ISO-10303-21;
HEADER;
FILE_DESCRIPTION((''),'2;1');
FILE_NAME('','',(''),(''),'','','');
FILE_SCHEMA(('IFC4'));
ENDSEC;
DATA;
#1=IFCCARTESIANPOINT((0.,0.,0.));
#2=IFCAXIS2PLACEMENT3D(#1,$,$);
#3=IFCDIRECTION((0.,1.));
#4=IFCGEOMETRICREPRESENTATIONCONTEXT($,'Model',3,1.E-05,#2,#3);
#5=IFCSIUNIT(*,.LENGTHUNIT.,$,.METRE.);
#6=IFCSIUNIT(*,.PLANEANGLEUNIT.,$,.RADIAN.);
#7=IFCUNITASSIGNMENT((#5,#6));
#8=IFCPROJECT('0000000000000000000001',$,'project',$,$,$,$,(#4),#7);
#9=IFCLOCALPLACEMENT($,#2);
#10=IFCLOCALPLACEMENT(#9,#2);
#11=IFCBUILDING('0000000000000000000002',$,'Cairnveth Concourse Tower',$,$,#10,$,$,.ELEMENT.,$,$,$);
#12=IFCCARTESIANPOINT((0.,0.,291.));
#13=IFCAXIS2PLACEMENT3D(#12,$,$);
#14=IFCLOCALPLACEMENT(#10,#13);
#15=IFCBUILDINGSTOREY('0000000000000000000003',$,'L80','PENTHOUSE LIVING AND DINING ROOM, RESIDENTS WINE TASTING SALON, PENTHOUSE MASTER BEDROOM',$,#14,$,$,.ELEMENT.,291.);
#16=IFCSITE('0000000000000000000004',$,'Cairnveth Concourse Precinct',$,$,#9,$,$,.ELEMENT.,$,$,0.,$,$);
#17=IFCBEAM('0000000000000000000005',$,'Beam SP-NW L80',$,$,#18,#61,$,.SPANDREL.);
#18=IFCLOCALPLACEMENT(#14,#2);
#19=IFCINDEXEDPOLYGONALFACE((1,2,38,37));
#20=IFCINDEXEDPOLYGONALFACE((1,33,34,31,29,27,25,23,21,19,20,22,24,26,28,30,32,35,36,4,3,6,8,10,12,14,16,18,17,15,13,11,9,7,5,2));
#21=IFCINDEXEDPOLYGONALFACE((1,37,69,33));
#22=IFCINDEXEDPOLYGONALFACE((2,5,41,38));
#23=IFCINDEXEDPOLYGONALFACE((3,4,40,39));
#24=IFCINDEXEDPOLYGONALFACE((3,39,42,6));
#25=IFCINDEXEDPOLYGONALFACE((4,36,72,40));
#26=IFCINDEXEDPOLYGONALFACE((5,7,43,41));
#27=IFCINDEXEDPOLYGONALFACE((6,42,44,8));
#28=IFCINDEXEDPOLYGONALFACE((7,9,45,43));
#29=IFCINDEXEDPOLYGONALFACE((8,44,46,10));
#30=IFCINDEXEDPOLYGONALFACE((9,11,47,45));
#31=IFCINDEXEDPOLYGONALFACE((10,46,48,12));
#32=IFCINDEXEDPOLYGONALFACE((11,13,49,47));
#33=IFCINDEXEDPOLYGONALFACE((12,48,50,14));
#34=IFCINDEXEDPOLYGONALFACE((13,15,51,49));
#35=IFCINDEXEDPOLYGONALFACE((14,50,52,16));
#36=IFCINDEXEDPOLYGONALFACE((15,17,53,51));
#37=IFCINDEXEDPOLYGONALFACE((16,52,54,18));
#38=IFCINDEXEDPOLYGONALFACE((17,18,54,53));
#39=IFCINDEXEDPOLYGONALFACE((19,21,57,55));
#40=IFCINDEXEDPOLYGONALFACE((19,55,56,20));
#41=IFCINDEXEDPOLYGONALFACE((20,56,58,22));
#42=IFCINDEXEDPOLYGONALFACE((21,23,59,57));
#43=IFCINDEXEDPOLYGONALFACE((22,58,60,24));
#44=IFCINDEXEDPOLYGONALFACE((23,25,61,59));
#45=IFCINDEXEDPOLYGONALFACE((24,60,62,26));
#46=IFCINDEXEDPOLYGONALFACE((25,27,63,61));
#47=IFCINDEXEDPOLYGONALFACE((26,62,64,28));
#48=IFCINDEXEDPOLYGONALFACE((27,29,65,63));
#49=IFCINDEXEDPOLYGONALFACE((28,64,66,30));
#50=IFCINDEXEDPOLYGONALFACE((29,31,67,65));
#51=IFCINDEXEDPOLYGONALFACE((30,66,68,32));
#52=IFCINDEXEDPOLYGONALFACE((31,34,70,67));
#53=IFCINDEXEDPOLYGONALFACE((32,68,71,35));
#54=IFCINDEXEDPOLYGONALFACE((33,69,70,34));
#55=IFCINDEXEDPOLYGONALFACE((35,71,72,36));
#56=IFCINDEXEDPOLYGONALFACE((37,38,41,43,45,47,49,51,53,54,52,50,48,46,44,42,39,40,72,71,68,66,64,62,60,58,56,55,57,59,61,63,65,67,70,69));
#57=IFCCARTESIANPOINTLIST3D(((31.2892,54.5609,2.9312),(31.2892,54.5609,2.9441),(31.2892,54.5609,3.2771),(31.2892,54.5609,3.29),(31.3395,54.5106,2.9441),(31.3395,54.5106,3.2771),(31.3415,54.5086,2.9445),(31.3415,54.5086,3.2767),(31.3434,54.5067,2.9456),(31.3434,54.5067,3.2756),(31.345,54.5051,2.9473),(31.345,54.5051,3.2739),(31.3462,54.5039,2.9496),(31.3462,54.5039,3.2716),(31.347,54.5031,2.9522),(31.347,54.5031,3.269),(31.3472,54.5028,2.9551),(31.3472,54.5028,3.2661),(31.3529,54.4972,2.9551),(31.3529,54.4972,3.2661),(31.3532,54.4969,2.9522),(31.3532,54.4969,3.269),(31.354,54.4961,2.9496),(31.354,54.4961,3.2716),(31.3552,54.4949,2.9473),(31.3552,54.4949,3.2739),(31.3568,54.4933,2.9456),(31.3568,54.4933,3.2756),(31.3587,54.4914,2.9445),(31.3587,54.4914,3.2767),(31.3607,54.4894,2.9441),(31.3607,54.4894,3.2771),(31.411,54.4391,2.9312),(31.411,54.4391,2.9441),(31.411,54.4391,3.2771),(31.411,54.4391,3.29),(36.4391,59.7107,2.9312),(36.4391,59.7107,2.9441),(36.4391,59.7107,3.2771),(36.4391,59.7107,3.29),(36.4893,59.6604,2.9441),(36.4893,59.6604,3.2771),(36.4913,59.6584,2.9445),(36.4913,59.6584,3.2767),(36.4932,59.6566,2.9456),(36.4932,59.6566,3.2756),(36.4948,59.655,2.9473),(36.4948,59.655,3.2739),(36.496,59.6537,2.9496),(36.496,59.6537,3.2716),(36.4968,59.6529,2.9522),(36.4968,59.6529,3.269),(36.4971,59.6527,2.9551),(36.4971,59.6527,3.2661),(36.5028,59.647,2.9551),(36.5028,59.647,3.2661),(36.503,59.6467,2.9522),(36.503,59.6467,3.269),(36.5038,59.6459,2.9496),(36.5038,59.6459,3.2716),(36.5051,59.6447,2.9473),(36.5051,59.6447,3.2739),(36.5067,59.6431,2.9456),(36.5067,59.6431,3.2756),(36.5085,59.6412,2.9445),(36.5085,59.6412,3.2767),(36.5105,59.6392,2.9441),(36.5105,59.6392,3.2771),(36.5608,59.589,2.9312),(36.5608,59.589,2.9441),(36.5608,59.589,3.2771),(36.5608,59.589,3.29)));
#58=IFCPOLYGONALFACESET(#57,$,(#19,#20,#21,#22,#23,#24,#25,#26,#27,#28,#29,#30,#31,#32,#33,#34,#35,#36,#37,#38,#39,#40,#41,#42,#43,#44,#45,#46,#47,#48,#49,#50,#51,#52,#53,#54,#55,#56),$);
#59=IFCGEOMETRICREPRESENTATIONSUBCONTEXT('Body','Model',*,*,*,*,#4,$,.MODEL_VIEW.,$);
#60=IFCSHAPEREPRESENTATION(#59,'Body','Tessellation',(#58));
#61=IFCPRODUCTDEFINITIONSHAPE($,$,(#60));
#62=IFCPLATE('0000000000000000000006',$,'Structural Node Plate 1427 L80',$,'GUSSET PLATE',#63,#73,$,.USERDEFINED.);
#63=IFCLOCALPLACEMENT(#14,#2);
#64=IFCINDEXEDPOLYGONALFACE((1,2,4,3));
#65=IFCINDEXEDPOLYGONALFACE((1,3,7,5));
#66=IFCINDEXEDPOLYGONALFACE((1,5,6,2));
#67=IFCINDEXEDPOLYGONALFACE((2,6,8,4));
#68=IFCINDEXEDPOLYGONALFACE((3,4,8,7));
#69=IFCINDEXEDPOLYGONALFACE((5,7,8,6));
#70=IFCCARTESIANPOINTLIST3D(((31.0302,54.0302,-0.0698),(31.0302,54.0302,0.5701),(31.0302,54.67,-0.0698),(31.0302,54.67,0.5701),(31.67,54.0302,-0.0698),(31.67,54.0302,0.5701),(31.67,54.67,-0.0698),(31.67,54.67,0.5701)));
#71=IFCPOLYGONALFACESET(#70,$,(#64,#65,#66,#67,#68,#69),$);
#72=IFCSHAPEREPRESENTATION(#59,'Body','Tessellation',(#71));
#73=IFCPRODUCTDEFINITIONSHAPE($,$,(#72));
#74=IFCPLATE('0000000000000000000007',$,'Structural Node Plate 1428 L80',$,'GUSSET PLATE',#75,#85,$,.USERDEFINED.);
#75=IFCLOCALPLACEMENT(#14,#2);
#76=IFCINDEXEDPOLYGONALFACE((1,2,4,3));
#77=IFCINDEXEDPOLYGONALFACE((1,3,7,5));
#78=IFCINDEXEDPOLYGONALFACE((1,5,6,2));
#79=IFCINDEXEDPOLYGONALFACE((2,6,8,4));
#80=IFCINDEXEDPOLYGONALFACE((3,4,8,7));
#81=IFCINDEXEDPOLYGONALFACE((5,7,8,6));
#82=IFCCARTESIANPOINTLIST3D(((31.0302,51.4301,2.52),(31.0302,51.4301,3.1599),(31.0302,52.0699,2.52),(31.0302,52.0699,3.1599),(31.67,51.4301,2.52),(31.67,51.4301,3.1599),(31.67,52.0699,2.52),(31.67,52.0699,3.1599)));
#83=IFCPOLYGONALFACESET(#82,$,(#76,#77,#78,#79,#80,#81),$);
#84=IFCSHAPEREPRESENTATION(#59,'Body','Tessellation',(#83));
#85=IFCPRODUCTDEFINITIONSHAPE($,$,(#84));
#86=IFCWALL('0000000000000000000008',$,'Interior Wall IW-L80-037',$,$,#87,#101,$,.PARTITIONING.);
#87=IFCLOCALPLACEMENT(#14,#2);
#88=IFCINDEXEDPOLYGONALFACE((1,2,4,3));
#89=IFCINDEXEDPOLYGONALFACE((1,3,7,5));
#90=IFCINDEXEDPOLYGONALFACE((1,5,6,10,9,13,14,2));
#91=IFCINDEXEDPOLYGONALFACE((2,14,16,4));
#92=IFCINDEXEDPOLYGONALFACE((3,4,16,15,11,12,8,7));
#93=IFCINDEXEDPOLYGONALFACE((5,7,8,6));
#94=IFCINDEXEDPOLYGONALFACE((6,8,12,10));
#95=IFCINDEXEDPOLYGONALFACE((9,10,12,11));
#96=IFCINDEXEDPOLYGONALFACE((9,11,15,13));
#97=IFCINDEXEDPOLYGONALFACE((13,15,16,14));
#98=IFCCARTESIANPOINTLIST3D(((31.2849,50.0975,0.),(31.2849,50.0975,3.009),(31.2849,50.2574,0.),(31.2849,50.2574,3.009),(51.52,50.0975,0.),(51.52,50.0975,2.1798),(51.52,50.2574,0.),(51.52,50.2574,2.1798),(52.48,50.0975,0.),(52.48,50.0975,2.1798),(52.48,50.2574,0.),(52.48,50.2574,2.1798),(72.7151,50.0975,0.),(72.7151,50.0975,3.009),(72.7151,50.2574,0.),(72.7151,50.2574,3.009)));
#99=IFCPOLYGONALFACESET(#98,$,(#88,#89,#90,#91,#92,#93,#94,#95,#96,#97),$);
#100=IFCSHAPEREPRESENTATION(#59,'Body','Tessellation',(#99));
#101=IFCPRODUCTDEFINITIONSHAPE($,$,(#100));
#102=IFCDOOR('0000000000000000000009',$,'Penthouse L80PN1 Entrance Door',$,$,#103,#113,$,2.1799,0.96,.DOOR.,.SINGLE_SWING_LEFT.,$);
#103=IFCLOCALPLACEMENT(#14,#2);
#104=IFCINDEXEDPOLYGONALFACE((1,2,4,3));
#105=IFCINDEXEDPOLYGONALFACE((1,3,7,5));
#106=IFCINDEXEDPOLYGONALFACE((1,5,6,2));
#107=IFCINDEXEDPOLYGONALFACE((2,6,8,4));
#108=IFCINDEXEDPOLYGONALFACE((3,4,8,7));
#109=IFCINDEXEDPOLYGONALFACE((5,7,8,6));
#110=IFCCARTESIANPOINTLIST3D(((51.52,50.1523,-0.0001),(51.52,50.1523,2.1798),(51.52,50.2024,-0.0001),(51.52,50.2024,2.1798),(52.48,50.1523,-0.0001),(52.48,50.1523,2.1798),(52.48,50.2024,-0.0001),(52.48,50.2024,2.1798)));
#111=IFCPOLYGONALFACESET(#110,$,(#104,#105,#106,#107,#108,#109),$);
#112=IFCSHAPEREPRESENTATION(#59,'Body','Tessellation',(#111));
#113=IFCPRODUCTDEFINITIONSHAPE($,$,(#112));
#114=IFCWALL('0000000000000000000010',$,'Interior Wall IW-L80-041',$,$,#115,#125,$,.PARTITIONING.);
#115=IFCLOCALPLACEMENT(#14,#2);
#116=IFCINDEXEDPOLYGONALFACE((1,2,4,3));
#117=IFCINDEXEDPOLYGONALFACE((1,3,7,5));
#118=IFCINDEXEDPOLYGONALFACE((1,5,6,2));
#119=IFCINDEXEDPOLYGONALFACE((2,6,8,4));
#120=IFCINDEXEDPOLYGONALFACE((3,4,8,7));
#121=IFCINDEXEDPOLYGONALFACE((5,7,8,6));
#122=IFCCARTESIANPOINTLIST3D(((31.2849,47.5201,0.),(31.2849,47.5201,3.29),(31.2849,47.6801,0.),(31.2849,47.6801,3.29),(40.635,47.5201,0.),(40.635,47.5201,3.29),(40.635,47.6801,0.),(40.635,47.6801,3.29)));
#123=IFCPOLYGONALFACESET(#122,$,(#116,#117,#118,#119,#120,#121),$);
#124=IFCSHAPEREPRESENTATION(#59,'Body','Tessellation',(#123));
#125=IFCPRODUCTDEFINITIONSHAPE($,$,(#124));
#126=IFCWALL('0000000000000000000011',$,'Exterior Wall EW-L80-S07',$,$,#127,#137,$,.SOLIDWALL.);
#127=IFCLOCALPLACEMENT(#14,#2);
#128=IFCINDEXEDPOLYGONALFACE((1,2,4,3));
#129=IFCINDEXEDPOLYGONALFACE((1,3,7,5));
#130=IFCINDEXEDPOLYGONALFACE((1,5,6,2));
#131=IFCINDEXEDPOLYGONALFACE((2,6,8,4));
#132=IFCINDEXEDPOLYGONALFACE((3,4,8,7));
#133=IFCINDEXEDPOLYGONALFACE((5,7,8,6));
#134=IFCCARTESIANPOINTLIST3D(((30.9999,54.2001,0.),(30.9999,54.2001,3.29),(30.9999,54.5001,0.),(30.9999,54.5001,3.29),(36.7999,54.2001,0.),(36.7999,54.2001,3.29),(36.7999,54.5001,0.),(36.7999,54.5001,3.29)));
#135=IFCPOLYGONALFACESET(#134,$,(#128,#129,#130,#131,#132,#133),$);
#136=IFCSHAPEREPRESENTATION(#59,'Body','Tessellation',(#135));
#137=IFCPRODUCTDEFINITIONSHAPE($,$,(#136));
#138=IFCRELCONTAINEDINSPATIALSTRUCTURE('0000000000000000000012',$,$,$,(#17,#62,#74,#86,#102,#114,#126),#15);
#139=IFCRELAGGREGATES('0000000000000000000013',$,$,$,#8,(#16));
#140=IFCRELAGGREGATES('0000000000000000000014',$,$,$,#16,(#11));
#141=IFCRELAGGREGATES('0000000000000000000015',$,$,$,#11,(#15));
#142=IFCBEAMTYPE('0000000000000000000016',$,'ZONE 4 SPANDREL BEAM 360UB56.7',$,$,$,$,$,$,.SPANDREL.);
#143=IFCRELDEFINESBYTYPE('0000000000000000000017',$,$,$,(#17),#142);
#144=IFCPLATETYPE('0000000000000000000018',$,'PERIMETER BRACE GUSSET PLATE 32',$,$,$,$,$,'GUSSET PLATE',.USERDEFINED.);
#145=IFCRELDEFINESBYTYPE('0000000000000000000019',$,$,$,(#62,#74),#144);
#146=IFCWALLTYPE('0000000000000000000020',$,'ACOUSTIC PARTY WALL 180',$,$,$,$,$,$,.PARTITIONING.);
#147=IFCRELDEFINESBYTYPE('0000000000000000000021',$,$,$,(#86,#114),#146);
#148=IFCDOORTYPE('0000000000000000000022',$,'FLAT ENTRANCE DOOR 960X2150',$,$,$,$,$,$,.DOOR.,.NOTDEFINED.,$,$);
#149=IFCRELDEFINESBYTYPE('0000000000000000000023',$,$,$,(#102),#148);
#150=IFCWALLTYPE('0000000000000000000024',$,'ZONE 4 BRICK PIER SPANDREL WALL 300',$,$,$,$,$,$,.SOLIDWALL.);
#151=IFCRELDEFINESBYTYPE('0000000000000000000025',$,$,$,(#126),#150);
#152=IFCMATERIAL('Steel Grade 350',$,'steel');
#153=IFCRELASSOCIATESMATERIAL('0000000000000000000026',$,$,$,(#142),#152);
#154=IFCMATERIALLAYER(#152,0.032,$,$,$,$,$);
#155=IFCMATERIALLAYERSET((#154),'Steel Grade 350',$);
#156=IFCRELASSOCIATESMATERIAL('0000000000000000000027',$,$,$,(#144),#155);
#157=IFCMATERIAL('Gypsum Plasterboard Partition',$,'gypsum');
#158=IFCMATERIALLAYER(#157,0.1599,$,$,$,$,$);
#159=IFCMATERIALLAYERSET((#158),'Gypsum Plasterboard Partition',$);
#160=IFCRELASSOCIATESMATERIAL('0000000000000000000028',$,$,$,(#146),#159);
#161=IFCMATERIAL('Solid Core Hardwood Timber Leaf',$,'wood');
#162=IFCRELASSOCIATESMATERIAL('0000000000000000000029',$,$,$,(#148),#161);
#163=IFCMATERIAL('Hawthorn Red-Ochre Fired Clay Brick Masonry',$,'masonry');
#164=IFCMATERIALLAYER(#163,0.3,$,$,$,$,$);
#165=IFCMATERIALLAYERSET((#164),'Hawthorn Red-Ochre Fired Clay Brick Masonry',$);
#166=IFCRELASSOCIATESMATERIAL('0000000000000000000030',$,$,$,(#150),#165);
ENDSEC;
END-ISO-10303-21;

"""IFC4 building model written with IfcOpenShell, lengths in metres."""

from ifc_helpers import new_model, si_unit, direction, frame, frame_2d, origin, origin_2d, place, context, subcontext, project, spatial, rectangle, i_section, extrude, material, layer, layer_set, material_profile, profile_set, type_object, element, fill, save


model = new_model("IFC4")

# Units and contexts
model_context = context("Model", 3, precision=1e-05, world=origin(), true_north=direction((0.0, 1.0)))
body_context = subcontext(model_context, "Body", "Model", "MODEL_VIEW")
ifc_project = project(units=[si_unit("LENGTHUNIT", "METRE"), si_unit("PLANEANGLEUNIT", "RADIAN")], contexts=[model_context])

# Site, building, storey
site_placement = place(None, origin())
site = spatial("IfcSite", under=ifc_project, at=site_placement, Name="Cairnveth Concourse Precinct", CompositionType="ELEMENT", RefElevation=0.0)
building_placement = place(site_placement, origin())
building = spatial("IfcBuilding", under=site, at=building_placement, Name="Cairnveth Concourse Tower", CompositionType="ELEMENT")
storey_placement = place(building_placement, frame((0.0, 0.0, 291.0)))
storey = spatial("IfcBuildingStorey", under=building, at=storey_placement, Name="L80", Description="PENTHOUSE LIVING AND DINING ROOM, RESIDENTS WINE TASTING SALON, PENTHOUSE MASTER BEDROOM", CompositionType="ELEMENT", Elevation=291.0)

# Shared definitions
ifc_material_1 = material(Name="Steel Grade 350", Category="steel")

# Beam
ifc_material_profile_1 = material_profile(ifc_material_1, i_section(OverallWidth=0.1721, OverallDepth=0.3589, WebThickness=0.0081, FlangeThickness=0.0129, FilletRadius=0.011, at=origin_2d()), Name="360UB56.7")
ifc_profile_set_1 = profile_set([ifc_material_profile_1], Name="Steel Grade 350")
beam_type_1 = type_object("IfcBeamType", Name="ZONE 4 SPANDREL BEAM 360UB56.7", PredefinedType="SPANDREL", material=ifc_profile_set_1)
beam_1_placement = place(storey_placement, frame((31.3501, 54.5, 3.1106), z_axis=(0.707107, 0.707107, 0.0), x_axis=(-0.707107, 0.707107, 0.0)))
element("IfcBeam", 1, at=beam_1_placement, inside=storey, type_object=beam_type_1, Name="Beam SP-NW L80", PredefinedType="SPANDREL", context=body_context, shape_type="SweptSolid", body=[
    extrude(i_section(OverallWidth=0.1721, OverallDepth=0.3589, WebThickness=0.0081, FlangeThickness=0.0129, FilletRadius=0.011, at=origin_2d()), origin(), (0.0, 0.0, 1.0), 7.283),
])

# Plates
ifc_layer_1 = layer(ifc_material_1, 0.032)
ifc_layer_set_1 = layer_set([ifc_layer_1], Name="Steel Grade 350")
plate_type = type_object("IfcPlateType", Name="PERIMETER BRACE GUSSET PLATE 32", ElementType="GUSSET PLATE", PredefinedType="USERDEFINED", material=ifc_layer_set_1)
for number, where, z_axis, x_axis, name in (
    (2, (31.3501, 54.3501, -0.0698), (0.0, 0.0, 1.0), (1.0, 0.0, 0.0), "Structural Node Plate 1427 L80"),
    (3, (31.3501, 51.75, 2.52), (0.0, 0.0, 1.0), (1.0, 0.0, 0.0), "Structural Node Plate 1428 L80"),
):
    element("IfcPlate", number, at=place(storey_placement, frame(where, z_axis=z_axis, x_axis=x_axis)), inside=storey, type_object=plate_type, Name=name, ObjectType="GUSSET PLATE", PredefinedType="USERDEFINED", context=body_context, shape_type="SweptSolid", body=[
        extrude(rectangle(XDim=0.6399, YDim=0.6399, at=origin_2d()), origin(), (0.0, 0.0, 1.0), 0.6399),
    ])

# Wall, opening, door
ifc_material_2 = material(Name="Gypsum Plasterboard Partition", Category="gypsum")
ifc_layer_2 = layer(ifc_material_2, 0.1599)
ifc_layer_set_2 = layer_set([ifc_layer_2], Name="Gypsum Plasterboard Partition")
wall_type_1 = type_object("IfcWallType", Name="ACOUSTIC PARTY WALL 180", PredefinedType="PARTITIONING", material=ifc_layer_set_2)
wall_1_placement = place(storey_placement, frame((31.2849, 50.1775, 0.0), z_axis=(0.0, 0.0, 1.0), x_axis=(1.0, 0.0, 0.0)))
wall_1 = element("IfcWall", 4, at=wall_1_placement, inside=storey, type_object=wall_type_1, Name="Interior Wall IW-L80-037", PredefinedType="PARTITIONING", context=body_context, shape_type="SweptSolid", body=[
    extrude(rectangle(XDim=41.4302, YDim=0.1599, at=frame_2d((20.7151, 0.0))), origin(), (0.0, 0.0, 1.0), 3.009),
])
opening_1_placement = place(wall_1_placement, frame((20.2351, 0.0, 0.0)))
opening_1 = element("IfcOpeningElement", 5, at=opening_1_placement, cuts=wall_1, PredefinedType="OPENING", context=body_context, shape_type="SweptSolid", body=[
    extrude(rectangle(XDim=0.96, YDim=2.1799, at=frame_2d((0.48, 1.0898))), frame((0.0, 0.0898, 0.0), z_axis=(0.0, -1.0, 0.0), x_axis=(1.0, 0.0, 0.0)), (0.0, 0.0, 1.0), 0.1799),
])
ifc_material_3 = material(Name="Solid Core Hardwood Timber Leaf", Category="wood")
door_type = type_object("IfcDoorType", Name="FLAT ENTRANCE DOOR 960X2150", OperationType="NOTDEFINED", PredefinedType="DOOR", material=ifc_material_3)
door_placement = place(opening_1_placement, origin())
door = element("IfcDoor", 6, at=door_placement, inside=storey, type_object=door_type, Name="Penthouse L80PN1 Entrance Door", OperationType="SINGLE_SWING_LEFT", OverallHeight=2.1799, OverallWidth=0.96, PredefinedType="DOOR", context=body_context, shape_type="SweptSolid", body=[
    extrude(rectangle(XDim=0.96, YDim=2.1799, at=frame_2d((0.48, 1.0898))), frame((0.0, 0.0249, 0.0), z_axis=(0.0, -1.0, 0.0), x_axis=(1.0, 0.0, 0.0)), (0.0, 0.0, 1.0), 0.05),
])
fill(opening_1, door)

# Walls
wall_2_placement = place(storey_placement, frame((31.2849, 47.6001, 0.0), z_axis=(0.0, 0.0, 1.0), x_axis=(1.0, 0.0, 0.0)))
element("IfcWall", 7, at=wall_2_placement, inside=storey, type_object=wall_type_1, Name="Interior Wall IW-L80-041", PredefinedType="PARTITIONING", context=body_context, shape_type="SweptSolid", body=[
    extrude(rectangle(XDim=9.3501, YDim=0.1599, at=frame_2d((4.675, 0.0))), origin(), (0.0, 0.0, 1.0), 3.29),
])
ifc_material_4 = material(Name="Hawthorn Red-Ochre Fired Clay Brick Masonry", Category="masonry")
ifc_layer_3 = layer(ifc_material_4, 0.3)
ifc_layer_set_3 = layer_set([ifc_layer_3], Name="Hawthorn Red-Ochre Fired Clay Brick Masonry")
wall_type_2 = type_object("IfcWallType", Name="ZONE 4 BRICK PIER SPANDREL WALL 300", PredefinedType="SOLIDWALL", material=ifc_layer_set_3)
wall_3_placement = place(storey_placement, frame((31.0, 54.3501, 0.0), z_axis=(0.0, 0.0, 1.0), x_axis=(1.0, 0.0, 0.0)))
element("IfcWall", 8, at=wall_3_placement, inside=storey, type_object=wall_type_2, Name="Exterior Wall EW-L80-S07", PredefinedType="SOLIDWALL", context=body_context, shape_type="SweptSolid", body=[
    extrude(rectangle(XDim=5.8, YDim=0.3, at=frame_2d((2.8999, 0.0))), origin(), (0.0, 0.0, 1.0), 3.29),
])

save(model, "model.ifc")
